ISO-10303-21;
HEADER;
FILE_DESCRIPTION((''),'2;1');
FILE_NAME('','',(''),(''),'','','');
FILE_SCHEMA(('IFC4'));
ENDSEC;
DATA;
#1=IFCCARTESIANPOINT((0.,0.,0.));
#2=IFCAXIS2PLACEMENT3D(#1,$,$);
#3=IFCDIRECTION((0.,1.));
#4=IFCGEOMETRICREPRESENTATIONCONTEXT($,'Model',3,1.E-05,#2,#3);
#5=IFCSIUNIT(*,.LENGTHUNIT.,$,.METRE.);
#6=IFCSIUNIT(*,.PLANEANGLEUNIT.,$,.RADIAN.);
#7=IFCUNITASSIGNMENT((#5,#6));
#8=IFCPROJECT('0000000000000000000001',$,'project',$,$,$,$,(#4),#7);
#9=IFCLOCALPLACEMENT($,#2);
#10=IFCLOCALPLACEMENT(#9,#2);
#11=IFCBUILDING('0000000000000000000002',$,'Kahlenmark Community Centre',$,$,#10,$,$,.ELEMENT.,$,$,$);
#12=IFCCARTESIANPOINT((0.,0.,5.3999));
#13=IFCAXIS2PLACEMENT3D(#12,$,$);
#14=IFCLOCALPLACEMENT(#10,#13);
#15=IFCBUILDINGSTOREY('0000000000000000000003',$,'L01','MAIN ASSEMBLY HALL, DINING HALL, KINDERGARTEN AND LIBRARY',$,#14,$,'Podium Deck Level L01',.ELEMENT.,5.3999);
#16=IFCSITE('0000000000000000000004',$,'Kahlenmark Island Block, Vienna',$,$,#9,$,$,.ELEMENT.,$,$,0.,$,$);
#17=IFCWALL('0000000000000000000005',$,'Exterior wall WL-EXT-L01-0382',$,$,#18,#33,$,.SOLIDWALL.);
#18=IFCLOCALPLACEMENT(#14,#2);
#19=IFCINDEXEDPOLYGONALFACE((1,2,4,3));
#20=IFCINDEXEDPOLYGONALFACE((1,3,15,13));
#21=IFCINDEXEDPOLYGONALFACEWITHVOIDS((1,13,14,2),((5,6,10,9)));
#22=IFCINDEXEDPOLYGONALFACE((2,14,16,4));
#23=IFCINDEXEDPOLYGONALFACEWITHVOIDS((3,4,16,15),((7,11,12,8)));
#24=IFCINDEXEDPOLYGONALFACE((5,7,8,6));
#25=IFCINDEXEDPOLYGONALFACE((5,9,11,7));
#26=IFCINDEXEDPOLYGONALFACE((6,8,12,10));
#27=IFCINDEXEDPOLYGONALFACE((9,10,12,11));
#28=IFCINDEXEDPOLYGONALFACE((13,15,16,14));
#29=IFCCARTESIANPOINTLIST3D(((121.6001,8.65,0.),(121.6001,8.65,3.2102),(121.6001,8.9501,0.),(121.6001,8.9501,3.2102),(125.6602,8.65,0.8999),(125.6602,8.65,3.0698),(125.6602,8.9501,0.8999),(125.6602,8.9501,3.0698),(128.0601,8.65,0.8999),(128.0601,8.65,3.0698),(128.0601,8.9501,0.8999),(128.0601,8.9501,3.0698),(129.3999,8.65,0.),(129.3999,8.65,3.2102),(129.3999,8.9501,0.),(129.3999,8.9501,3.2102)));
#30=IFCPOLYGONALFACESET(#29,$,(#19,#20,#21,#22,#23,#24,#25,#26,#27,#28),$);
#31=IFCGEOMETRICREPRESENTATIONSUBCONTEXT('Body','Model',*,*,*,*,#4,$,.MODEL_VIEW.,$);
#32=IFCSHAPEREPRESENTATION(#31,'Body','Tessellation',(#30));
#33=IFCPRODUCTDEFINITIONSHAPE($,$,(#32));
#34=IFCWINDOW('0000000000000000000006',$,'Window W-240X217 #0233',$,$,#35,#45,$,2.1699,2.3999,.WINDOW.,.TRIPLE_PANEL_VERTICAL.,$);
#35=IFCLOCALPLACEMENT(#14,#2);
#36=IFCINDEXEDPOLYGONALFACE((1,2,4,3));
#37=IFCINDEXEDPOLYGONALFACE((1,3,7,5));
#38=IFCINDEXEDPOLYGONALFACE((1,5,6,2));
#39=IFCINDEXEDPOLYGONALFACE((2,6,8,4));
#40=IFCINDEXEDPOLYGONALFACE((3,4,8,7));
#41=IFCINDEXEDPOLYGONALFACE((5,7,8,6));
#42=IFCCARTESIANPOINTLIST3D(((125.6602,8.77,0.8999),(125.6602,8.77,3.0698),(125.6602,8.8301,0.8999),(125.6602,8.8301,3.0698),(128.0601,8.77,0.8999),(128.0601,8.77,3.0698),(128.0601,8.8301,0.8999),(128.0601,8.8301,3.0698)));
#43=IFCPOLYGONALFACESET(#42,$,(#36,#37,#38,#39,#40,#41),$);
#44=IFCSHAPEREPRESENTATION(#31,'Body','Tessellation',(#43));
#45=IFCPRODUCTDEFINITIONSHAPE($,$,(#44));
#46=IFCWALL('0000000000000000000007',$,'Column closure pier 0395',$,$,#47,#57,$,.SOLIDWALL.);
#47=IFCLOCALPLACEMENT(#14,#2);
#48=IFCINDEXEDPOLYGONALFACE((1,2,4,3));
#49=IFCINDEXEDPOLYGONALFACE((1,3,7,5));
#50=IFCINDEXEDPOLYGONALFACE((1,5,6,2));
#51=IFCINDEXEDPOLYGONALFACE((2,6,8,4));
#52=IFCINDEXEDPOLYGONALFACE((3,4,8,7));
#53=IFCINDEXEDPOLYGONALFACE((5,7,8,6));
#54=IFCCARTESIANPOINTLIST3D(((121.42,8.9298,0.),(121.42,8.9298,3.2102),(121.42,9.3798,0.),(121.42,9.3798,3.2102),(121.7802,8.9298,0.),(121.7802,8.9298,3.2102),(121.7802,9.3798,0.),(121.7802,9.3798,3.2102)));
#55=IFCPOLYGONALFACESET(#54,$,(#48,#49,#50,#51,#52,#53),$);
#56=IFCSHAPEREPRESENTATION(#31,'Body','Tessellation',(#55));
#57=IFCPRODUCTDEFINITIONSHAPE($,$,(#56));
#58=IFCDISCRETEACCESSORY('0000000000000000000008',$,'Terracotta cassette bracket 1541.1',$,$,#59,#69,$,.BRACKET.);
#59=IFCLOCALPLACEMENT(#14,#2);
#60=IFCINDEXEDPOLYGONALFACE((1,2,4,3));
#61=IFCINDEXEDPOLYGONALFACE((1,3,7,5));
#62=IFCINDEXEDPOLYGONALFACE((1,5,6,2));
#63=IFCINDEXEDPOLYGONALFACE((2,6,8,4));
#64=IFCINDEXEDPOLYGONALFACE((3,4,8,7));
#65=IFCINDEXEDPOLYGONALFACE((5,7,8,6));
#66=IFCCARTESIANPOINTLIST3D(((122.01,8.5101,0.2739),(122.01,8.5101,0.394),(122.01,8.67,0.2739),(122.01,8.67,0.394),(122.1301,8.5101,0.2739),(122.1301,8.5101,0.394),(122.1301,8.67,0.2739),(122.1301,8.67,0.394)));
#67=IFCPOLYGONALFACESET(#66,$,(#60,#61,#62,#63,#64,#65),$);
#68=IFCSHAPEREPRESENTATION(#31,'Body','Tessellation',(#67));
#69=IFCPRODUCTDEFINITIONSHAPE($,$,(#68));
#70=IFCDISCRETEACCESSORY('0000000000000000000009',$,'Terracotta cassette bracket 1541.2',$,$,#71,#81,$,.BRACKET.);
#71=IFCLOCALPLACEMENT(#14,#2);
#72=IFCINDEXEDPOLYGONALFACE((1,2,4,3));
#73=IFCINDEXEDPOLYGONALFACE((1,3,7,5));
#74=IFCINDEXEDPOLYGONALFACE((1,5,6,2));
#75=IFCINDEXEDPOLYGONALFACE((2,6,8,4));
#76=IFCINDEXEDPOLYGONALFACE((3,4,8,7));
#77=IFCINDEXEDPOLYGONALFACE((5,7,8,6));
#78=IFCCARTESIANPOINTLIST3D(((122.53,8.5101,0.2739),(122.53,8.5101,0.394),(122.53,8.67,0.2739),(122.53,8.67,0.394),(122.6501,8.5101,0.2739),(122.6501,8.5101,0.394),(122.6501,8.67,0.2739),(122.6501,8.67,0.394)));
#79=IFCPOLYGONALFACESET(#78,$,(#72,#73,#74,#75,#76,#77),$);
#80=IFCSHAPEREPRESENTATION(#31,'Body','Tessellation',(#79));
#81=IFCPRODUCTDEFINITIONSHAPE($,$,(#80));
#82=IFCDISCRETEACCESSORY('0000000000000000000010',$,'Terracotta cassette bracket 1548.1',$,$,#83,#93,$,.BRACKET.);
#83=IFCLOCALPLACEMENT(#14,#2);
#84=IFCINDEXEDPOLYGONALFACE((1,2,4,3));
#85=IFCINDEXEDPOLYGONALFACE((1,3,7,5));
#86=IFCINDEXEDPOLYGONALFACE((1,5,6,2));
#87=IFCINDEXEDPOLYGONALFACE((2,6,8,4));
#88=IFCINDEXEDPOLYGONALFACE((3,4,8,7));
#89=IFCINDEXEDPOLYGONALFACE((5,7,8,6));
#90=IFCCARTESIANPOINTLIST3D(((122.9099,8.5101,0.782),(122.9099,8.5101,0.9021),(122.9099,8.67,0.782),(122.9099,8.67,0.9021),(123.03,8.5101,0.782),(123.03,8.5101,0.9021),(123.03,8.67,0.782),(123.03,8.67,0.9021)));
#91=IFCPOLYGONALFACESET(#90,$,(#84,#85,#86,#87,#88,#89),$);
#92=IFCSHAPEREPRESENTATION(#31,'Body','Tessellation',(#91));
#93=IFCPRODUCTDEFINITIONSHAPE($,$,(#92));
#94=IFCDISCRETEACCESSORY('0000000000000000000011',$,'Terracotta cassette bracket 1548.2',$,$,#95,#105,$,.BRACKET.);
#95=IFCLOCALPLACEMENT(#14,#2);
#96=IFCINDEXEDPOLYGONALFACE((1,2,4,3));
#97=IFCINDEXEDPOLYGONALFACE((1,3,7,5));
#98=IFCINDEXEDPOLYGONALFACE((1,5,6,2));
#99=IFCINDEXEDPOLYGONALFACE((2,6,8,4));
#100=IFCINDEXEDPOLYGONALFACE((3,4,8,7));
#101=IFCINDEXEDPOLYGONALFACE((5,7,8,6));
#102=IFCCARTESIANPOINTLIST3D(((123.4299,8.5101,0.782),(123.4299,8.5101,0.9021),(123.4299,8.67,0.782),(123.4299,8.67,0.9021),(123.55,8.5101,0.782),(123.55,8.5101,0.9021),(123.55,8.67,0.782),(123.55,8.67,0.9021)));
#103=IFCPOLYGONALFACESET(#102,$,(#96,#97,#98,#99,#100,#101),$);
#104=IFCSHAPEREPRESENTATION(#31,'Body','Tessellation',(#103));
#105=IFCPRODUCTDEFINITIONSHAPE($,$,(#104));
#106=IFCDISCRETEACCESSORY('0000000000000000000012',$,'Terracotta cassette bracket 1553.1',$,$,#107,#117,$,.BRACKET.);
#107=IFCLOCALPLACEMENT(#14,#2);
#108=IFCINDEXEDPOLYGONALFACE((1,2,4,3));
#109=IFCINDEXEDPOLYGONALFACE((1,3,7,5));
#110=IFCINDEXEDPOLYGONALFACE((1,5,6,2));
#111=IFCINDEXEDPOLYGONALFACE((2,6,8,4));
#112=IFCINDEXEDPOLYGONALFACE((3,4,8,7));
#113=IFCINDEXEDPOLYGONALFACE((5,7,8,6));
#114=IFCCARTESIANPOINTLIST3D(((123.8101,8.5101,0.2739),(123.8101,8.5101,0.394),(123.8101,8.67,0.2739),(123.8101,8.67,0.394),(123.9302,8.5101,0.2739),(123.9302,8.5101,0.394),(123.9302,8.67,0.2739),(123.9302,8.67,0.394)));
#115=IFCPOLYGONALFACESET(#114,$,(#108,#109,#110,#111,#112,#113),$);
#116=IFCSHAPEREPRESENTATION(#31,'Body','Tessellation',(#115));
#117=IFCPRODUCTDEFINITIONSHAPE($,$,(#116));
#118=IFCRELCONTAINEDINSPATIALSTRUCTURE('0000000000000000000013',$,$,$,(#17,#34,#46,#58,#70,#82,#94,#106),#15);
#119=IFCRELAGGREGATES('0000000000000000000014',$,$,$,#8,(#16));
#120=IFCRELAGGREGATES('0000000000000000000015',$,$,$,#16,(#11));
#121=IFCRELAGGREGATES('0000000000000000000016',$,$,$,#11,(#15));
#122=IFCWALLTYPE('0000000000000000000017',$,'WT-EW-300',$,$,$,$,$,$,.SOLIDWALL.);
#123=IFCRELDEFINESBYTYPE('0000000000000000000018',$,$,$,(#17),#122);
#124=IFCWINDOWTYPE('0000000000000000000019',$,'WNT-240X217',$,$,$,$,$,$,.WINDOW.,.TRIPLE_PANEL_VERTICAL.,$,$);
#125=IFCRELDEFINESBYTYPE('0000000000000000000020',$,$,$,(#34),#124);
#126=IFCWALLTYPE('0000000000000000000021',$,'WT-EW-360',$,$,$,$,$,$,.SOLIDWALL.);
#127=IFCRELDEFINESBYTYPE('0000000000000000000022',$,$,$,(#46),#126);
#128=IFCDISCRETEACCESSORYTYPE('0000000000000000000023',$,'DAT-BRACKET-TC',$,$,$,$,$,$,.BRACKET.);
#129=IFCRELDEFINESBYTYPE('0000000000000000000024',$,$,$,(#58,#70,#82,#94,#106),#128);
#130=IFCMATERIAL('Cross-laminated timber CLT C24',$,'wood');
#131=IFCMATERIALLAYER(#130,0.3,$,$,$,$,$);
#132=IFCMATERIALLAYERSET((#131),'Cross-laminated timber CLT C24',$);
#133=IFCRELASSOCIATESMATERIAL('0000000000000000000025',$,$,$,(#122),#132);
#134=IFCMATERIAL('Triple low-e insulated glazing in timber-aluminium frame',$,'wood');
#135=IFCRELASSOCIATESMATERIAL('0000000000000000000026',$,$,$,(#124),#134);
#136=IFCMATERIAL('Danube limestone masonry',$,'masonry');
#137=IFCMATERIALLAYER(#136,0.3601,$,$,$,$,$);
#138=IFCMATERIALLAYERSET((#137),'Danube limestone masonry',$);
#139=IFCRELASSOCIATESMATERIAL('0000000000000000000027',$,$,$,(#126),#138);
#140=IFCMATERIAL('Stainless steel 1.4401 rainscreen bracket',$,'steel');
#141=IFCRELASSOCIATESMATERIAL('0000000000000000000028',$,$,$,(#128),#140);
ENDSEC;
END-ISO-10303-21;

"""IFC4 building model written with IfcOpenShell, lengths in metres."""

from ifc_helpers import new_model, si_unit, direction, frame, frame_2d, origin, origin_2d, place, context, subcontext, project, spatial, rectangle, extrude, material, layer, layer_set, type_object, element, fill, save


model = new_model("IFC4")

# Units and contexts
model_context = context("Model", 3, precision=1e-05, world=origin(), true_north=direction((0.0, 1.0)))
body_context = subcontext(model_context, "Body", "Model", "MODEL_VIEW")
ifc_project = project(units=[si_unit("LENGTHUNIT", "METRE"), si_unit("PLANEANGLEUNIT", "RADIAN")], contexts=[model_context])

# Site, building, storey
site_placement = place(None, origin())
site = spatial("IfcSite", under=ifc_project, at=site_placement, Name="Kahlenmark Island Block, Vienna", CompositionType="ELEMENT", RefElevation=0.0)
building_placement = place(site_placement, origin())
building = spatial("IfcBuilding", under=site, at=building_placement, Name="Kahlenmark Community Centre", CompositionType="ELEMENT")
storey_placement = place(building_placement, frame((0.0, 0.0, 5.3999)))
storey = spatial("IfcBuildingStorey", under=building, at=storey_placement, Name="L01", Description="MAIN ASSEMBLY HALL, DINING HALL, KINDERGARTEN AND LIBRARY", LongName="Podium Deck Level L01", CompositionType="ELEMENT", Elevation=5.3999)

# Wall, opening, window
ifc_material_1 = material(Name="Cross-laminated timber CLT C24", Category="wood")
ifc_layer_1 = layer(ifc_material_1, 0.3)
ifc_layer_set_1 = layer_set([ifc_layer_1], Name="Cross-laminated timber CLT C24")
wall_type_1 = type_object("IfcWallType", Name="WT-EW-300", PredefinedType="SOLIDWALL", material=ifc_layer_set_1)
wall_1_placement = place(storey_placement, frame((121.6001, 8.8, 0.0), z_axis=(0.0, 0.0, 1.0), x_axis=(1.0, 0.0, 0.0)))
wall_1 = element("IfcWall", 1, at=wall_1_placement, inside=storey, type_object=wall_type_1, Name="Exterior wall WL-EXT-L01-0382", PredefinedType="SOLIDWALL", context=body_context, shape_type="SweptSolid", body=[
    extrude(rectangle(XDim=7.7998, YDim=0.3, at=frame_2d((3.8999, 0.0))), origin(), (0.0, 0.0, 1.0), 3.2102),
])
opening_placement = place(wall_1_placement, frame((4.0601, 0.0, 0.8999)))
opening = element("IfcOpeningElement", 2, at=opening_placement, cuts=wall_1, PredefinedType="OPENING", context=body_context, shape_type="SweptSolid", body=[
    extrude(rectangle(XDim=2.3999, YDim=2.1699, at=frame_2d((1.2, 1.085))), frame((0.0, 0.1599, 0.0), z_axis=(0.0, -1.0, 0.0), x_axis=(1.0, 0.0, 0.0)), (0.0, 0.0, 1.0), 0.3201),
])
ifc_material_2 = material(Name="Triple low-e insulated glazing in timber-aluminium frame", Category="wood")
window_type = type_object("IfcWindowType", Name="WNT-240X217", PartitioningType="TRIPLE_PANEL_VERTICAL", PredefinedType="WINDOW", material=ifc_material_2)
window_placement = place(opening_placement, origin())
window = element("IfcWindow", 3, at=window_placement, inside=storey, type_object=window_type, Name="Window W-240X217 #0233", OverallHeight=2.1699, OverallWidth=2.3999, PartitioningType="TRIPLE_PANEL_VERTICAL", PredefinedType="WINDOW", context=body_context, shape_type="SweptSolid", body=[
    extrude(rectangle(XDim=2.3999, YDim=2.1699, at=frame_2d((1.2, 1.085))), frame((0.0, 0.03, 0.0), z_axis=(0.0, -1.0, 0.0), x_axis=(1.0, 0.0, 0.0)), (0.0, 0.0, 1.0), 0.0601),
])
fill(opening, window)

# Wall
ifc_material_3 = material(Name="Danube limestone masonry", Category="masonry")
ifc_layer_2 = layer(ifc_material_3, 0.3601)
ifc_layer_set_2 = layer_set([ifc_layer_2], Name="Danube limestone masonry")
wall_type_2 = type_object("IfcWallType", Name="WT-EW-360", PredefinedType="SOLIDWALL", material=ifc_layer_set_2)
wall_2_placement = place(storey_placement, frame((121.6001, 9.3799, 0.0), z_axis=(0.0, 0.0, 1.0), x_axis=(0.0, -1.0, 0.0)))
element("IfcWall", 4, at=wall_2_placement, inside=storey, type_object=wall_type_2, Name="Column closure pier 0395", PredefinedType="SOLIDWALL", context=body_context, shape_type="SweptSolid", body=[
    extrude(rectangle(XDim=0.45, YDim=0.3601, at=frame_2d((0.2251, 0.0))), origin(), (0.0, 0.0, 1.0), 3.2102),
])

# Discrete accessories
ifc_material_4 = material(Name="Stainless steel 1.4401 rainscreen bracket", Category="steel")
discrete_accessory_type = type_object("IfcDiscreteAccessoryType", Name="DAT-BRACKET-TC", PredefinedType="BRACKET", material=ifc_material_4)
for number, where, z_axis, x_axis, name in (
    (5, (122.0701, 8.5901, 0.2739), (0.0, 0.0, 1.0), (1.0, 0.0, 0.0), "Terracotta cassette bracket 1541.1"),
    (6, (122.5901, 8.5901, 0.2739), (0.0, 0.0, 1.0), (1.0, 0.0, 0.0), "Terracotta cassette bracket 1541.2"),
    (7, (122.97, 8.5901, 0.782), (0.0, 0.0, 1.0), (1.0, 0.0, 0.0), "Terracotta cassette bracket 1548.1"),
    (8, (123.49, 8.5901, 0.782), (0.0, 0.0, 1.0), (1.0, 0.0, 0.0), "Terracotta cassette bracket 1548.2"),
    (9, (123.8701, 8.5901, 0.2739), (0.0, 0.0, 1.0), (1.0, 0.0, 0.0), "Terracotta cassette bracket 1553.1"),
):
    element("IfcDiscreteAccessory", number, at=place(storey_placement, frame(where, z_axis=z_axis, x_axis=x_axis)), inside=storey, type_object=discrete_accessory_type, Name=name, PredefinedType="BRACKET", context=body_context, shape_type="SweptSolid", body=[
        extrude(rectangle(XDim=0.1201, YDim=0.1599, at=origin_2d()), origin(), (0.0, 0.0, 1.0), 0.1201),
    ])

save(model, "model.ifc")
